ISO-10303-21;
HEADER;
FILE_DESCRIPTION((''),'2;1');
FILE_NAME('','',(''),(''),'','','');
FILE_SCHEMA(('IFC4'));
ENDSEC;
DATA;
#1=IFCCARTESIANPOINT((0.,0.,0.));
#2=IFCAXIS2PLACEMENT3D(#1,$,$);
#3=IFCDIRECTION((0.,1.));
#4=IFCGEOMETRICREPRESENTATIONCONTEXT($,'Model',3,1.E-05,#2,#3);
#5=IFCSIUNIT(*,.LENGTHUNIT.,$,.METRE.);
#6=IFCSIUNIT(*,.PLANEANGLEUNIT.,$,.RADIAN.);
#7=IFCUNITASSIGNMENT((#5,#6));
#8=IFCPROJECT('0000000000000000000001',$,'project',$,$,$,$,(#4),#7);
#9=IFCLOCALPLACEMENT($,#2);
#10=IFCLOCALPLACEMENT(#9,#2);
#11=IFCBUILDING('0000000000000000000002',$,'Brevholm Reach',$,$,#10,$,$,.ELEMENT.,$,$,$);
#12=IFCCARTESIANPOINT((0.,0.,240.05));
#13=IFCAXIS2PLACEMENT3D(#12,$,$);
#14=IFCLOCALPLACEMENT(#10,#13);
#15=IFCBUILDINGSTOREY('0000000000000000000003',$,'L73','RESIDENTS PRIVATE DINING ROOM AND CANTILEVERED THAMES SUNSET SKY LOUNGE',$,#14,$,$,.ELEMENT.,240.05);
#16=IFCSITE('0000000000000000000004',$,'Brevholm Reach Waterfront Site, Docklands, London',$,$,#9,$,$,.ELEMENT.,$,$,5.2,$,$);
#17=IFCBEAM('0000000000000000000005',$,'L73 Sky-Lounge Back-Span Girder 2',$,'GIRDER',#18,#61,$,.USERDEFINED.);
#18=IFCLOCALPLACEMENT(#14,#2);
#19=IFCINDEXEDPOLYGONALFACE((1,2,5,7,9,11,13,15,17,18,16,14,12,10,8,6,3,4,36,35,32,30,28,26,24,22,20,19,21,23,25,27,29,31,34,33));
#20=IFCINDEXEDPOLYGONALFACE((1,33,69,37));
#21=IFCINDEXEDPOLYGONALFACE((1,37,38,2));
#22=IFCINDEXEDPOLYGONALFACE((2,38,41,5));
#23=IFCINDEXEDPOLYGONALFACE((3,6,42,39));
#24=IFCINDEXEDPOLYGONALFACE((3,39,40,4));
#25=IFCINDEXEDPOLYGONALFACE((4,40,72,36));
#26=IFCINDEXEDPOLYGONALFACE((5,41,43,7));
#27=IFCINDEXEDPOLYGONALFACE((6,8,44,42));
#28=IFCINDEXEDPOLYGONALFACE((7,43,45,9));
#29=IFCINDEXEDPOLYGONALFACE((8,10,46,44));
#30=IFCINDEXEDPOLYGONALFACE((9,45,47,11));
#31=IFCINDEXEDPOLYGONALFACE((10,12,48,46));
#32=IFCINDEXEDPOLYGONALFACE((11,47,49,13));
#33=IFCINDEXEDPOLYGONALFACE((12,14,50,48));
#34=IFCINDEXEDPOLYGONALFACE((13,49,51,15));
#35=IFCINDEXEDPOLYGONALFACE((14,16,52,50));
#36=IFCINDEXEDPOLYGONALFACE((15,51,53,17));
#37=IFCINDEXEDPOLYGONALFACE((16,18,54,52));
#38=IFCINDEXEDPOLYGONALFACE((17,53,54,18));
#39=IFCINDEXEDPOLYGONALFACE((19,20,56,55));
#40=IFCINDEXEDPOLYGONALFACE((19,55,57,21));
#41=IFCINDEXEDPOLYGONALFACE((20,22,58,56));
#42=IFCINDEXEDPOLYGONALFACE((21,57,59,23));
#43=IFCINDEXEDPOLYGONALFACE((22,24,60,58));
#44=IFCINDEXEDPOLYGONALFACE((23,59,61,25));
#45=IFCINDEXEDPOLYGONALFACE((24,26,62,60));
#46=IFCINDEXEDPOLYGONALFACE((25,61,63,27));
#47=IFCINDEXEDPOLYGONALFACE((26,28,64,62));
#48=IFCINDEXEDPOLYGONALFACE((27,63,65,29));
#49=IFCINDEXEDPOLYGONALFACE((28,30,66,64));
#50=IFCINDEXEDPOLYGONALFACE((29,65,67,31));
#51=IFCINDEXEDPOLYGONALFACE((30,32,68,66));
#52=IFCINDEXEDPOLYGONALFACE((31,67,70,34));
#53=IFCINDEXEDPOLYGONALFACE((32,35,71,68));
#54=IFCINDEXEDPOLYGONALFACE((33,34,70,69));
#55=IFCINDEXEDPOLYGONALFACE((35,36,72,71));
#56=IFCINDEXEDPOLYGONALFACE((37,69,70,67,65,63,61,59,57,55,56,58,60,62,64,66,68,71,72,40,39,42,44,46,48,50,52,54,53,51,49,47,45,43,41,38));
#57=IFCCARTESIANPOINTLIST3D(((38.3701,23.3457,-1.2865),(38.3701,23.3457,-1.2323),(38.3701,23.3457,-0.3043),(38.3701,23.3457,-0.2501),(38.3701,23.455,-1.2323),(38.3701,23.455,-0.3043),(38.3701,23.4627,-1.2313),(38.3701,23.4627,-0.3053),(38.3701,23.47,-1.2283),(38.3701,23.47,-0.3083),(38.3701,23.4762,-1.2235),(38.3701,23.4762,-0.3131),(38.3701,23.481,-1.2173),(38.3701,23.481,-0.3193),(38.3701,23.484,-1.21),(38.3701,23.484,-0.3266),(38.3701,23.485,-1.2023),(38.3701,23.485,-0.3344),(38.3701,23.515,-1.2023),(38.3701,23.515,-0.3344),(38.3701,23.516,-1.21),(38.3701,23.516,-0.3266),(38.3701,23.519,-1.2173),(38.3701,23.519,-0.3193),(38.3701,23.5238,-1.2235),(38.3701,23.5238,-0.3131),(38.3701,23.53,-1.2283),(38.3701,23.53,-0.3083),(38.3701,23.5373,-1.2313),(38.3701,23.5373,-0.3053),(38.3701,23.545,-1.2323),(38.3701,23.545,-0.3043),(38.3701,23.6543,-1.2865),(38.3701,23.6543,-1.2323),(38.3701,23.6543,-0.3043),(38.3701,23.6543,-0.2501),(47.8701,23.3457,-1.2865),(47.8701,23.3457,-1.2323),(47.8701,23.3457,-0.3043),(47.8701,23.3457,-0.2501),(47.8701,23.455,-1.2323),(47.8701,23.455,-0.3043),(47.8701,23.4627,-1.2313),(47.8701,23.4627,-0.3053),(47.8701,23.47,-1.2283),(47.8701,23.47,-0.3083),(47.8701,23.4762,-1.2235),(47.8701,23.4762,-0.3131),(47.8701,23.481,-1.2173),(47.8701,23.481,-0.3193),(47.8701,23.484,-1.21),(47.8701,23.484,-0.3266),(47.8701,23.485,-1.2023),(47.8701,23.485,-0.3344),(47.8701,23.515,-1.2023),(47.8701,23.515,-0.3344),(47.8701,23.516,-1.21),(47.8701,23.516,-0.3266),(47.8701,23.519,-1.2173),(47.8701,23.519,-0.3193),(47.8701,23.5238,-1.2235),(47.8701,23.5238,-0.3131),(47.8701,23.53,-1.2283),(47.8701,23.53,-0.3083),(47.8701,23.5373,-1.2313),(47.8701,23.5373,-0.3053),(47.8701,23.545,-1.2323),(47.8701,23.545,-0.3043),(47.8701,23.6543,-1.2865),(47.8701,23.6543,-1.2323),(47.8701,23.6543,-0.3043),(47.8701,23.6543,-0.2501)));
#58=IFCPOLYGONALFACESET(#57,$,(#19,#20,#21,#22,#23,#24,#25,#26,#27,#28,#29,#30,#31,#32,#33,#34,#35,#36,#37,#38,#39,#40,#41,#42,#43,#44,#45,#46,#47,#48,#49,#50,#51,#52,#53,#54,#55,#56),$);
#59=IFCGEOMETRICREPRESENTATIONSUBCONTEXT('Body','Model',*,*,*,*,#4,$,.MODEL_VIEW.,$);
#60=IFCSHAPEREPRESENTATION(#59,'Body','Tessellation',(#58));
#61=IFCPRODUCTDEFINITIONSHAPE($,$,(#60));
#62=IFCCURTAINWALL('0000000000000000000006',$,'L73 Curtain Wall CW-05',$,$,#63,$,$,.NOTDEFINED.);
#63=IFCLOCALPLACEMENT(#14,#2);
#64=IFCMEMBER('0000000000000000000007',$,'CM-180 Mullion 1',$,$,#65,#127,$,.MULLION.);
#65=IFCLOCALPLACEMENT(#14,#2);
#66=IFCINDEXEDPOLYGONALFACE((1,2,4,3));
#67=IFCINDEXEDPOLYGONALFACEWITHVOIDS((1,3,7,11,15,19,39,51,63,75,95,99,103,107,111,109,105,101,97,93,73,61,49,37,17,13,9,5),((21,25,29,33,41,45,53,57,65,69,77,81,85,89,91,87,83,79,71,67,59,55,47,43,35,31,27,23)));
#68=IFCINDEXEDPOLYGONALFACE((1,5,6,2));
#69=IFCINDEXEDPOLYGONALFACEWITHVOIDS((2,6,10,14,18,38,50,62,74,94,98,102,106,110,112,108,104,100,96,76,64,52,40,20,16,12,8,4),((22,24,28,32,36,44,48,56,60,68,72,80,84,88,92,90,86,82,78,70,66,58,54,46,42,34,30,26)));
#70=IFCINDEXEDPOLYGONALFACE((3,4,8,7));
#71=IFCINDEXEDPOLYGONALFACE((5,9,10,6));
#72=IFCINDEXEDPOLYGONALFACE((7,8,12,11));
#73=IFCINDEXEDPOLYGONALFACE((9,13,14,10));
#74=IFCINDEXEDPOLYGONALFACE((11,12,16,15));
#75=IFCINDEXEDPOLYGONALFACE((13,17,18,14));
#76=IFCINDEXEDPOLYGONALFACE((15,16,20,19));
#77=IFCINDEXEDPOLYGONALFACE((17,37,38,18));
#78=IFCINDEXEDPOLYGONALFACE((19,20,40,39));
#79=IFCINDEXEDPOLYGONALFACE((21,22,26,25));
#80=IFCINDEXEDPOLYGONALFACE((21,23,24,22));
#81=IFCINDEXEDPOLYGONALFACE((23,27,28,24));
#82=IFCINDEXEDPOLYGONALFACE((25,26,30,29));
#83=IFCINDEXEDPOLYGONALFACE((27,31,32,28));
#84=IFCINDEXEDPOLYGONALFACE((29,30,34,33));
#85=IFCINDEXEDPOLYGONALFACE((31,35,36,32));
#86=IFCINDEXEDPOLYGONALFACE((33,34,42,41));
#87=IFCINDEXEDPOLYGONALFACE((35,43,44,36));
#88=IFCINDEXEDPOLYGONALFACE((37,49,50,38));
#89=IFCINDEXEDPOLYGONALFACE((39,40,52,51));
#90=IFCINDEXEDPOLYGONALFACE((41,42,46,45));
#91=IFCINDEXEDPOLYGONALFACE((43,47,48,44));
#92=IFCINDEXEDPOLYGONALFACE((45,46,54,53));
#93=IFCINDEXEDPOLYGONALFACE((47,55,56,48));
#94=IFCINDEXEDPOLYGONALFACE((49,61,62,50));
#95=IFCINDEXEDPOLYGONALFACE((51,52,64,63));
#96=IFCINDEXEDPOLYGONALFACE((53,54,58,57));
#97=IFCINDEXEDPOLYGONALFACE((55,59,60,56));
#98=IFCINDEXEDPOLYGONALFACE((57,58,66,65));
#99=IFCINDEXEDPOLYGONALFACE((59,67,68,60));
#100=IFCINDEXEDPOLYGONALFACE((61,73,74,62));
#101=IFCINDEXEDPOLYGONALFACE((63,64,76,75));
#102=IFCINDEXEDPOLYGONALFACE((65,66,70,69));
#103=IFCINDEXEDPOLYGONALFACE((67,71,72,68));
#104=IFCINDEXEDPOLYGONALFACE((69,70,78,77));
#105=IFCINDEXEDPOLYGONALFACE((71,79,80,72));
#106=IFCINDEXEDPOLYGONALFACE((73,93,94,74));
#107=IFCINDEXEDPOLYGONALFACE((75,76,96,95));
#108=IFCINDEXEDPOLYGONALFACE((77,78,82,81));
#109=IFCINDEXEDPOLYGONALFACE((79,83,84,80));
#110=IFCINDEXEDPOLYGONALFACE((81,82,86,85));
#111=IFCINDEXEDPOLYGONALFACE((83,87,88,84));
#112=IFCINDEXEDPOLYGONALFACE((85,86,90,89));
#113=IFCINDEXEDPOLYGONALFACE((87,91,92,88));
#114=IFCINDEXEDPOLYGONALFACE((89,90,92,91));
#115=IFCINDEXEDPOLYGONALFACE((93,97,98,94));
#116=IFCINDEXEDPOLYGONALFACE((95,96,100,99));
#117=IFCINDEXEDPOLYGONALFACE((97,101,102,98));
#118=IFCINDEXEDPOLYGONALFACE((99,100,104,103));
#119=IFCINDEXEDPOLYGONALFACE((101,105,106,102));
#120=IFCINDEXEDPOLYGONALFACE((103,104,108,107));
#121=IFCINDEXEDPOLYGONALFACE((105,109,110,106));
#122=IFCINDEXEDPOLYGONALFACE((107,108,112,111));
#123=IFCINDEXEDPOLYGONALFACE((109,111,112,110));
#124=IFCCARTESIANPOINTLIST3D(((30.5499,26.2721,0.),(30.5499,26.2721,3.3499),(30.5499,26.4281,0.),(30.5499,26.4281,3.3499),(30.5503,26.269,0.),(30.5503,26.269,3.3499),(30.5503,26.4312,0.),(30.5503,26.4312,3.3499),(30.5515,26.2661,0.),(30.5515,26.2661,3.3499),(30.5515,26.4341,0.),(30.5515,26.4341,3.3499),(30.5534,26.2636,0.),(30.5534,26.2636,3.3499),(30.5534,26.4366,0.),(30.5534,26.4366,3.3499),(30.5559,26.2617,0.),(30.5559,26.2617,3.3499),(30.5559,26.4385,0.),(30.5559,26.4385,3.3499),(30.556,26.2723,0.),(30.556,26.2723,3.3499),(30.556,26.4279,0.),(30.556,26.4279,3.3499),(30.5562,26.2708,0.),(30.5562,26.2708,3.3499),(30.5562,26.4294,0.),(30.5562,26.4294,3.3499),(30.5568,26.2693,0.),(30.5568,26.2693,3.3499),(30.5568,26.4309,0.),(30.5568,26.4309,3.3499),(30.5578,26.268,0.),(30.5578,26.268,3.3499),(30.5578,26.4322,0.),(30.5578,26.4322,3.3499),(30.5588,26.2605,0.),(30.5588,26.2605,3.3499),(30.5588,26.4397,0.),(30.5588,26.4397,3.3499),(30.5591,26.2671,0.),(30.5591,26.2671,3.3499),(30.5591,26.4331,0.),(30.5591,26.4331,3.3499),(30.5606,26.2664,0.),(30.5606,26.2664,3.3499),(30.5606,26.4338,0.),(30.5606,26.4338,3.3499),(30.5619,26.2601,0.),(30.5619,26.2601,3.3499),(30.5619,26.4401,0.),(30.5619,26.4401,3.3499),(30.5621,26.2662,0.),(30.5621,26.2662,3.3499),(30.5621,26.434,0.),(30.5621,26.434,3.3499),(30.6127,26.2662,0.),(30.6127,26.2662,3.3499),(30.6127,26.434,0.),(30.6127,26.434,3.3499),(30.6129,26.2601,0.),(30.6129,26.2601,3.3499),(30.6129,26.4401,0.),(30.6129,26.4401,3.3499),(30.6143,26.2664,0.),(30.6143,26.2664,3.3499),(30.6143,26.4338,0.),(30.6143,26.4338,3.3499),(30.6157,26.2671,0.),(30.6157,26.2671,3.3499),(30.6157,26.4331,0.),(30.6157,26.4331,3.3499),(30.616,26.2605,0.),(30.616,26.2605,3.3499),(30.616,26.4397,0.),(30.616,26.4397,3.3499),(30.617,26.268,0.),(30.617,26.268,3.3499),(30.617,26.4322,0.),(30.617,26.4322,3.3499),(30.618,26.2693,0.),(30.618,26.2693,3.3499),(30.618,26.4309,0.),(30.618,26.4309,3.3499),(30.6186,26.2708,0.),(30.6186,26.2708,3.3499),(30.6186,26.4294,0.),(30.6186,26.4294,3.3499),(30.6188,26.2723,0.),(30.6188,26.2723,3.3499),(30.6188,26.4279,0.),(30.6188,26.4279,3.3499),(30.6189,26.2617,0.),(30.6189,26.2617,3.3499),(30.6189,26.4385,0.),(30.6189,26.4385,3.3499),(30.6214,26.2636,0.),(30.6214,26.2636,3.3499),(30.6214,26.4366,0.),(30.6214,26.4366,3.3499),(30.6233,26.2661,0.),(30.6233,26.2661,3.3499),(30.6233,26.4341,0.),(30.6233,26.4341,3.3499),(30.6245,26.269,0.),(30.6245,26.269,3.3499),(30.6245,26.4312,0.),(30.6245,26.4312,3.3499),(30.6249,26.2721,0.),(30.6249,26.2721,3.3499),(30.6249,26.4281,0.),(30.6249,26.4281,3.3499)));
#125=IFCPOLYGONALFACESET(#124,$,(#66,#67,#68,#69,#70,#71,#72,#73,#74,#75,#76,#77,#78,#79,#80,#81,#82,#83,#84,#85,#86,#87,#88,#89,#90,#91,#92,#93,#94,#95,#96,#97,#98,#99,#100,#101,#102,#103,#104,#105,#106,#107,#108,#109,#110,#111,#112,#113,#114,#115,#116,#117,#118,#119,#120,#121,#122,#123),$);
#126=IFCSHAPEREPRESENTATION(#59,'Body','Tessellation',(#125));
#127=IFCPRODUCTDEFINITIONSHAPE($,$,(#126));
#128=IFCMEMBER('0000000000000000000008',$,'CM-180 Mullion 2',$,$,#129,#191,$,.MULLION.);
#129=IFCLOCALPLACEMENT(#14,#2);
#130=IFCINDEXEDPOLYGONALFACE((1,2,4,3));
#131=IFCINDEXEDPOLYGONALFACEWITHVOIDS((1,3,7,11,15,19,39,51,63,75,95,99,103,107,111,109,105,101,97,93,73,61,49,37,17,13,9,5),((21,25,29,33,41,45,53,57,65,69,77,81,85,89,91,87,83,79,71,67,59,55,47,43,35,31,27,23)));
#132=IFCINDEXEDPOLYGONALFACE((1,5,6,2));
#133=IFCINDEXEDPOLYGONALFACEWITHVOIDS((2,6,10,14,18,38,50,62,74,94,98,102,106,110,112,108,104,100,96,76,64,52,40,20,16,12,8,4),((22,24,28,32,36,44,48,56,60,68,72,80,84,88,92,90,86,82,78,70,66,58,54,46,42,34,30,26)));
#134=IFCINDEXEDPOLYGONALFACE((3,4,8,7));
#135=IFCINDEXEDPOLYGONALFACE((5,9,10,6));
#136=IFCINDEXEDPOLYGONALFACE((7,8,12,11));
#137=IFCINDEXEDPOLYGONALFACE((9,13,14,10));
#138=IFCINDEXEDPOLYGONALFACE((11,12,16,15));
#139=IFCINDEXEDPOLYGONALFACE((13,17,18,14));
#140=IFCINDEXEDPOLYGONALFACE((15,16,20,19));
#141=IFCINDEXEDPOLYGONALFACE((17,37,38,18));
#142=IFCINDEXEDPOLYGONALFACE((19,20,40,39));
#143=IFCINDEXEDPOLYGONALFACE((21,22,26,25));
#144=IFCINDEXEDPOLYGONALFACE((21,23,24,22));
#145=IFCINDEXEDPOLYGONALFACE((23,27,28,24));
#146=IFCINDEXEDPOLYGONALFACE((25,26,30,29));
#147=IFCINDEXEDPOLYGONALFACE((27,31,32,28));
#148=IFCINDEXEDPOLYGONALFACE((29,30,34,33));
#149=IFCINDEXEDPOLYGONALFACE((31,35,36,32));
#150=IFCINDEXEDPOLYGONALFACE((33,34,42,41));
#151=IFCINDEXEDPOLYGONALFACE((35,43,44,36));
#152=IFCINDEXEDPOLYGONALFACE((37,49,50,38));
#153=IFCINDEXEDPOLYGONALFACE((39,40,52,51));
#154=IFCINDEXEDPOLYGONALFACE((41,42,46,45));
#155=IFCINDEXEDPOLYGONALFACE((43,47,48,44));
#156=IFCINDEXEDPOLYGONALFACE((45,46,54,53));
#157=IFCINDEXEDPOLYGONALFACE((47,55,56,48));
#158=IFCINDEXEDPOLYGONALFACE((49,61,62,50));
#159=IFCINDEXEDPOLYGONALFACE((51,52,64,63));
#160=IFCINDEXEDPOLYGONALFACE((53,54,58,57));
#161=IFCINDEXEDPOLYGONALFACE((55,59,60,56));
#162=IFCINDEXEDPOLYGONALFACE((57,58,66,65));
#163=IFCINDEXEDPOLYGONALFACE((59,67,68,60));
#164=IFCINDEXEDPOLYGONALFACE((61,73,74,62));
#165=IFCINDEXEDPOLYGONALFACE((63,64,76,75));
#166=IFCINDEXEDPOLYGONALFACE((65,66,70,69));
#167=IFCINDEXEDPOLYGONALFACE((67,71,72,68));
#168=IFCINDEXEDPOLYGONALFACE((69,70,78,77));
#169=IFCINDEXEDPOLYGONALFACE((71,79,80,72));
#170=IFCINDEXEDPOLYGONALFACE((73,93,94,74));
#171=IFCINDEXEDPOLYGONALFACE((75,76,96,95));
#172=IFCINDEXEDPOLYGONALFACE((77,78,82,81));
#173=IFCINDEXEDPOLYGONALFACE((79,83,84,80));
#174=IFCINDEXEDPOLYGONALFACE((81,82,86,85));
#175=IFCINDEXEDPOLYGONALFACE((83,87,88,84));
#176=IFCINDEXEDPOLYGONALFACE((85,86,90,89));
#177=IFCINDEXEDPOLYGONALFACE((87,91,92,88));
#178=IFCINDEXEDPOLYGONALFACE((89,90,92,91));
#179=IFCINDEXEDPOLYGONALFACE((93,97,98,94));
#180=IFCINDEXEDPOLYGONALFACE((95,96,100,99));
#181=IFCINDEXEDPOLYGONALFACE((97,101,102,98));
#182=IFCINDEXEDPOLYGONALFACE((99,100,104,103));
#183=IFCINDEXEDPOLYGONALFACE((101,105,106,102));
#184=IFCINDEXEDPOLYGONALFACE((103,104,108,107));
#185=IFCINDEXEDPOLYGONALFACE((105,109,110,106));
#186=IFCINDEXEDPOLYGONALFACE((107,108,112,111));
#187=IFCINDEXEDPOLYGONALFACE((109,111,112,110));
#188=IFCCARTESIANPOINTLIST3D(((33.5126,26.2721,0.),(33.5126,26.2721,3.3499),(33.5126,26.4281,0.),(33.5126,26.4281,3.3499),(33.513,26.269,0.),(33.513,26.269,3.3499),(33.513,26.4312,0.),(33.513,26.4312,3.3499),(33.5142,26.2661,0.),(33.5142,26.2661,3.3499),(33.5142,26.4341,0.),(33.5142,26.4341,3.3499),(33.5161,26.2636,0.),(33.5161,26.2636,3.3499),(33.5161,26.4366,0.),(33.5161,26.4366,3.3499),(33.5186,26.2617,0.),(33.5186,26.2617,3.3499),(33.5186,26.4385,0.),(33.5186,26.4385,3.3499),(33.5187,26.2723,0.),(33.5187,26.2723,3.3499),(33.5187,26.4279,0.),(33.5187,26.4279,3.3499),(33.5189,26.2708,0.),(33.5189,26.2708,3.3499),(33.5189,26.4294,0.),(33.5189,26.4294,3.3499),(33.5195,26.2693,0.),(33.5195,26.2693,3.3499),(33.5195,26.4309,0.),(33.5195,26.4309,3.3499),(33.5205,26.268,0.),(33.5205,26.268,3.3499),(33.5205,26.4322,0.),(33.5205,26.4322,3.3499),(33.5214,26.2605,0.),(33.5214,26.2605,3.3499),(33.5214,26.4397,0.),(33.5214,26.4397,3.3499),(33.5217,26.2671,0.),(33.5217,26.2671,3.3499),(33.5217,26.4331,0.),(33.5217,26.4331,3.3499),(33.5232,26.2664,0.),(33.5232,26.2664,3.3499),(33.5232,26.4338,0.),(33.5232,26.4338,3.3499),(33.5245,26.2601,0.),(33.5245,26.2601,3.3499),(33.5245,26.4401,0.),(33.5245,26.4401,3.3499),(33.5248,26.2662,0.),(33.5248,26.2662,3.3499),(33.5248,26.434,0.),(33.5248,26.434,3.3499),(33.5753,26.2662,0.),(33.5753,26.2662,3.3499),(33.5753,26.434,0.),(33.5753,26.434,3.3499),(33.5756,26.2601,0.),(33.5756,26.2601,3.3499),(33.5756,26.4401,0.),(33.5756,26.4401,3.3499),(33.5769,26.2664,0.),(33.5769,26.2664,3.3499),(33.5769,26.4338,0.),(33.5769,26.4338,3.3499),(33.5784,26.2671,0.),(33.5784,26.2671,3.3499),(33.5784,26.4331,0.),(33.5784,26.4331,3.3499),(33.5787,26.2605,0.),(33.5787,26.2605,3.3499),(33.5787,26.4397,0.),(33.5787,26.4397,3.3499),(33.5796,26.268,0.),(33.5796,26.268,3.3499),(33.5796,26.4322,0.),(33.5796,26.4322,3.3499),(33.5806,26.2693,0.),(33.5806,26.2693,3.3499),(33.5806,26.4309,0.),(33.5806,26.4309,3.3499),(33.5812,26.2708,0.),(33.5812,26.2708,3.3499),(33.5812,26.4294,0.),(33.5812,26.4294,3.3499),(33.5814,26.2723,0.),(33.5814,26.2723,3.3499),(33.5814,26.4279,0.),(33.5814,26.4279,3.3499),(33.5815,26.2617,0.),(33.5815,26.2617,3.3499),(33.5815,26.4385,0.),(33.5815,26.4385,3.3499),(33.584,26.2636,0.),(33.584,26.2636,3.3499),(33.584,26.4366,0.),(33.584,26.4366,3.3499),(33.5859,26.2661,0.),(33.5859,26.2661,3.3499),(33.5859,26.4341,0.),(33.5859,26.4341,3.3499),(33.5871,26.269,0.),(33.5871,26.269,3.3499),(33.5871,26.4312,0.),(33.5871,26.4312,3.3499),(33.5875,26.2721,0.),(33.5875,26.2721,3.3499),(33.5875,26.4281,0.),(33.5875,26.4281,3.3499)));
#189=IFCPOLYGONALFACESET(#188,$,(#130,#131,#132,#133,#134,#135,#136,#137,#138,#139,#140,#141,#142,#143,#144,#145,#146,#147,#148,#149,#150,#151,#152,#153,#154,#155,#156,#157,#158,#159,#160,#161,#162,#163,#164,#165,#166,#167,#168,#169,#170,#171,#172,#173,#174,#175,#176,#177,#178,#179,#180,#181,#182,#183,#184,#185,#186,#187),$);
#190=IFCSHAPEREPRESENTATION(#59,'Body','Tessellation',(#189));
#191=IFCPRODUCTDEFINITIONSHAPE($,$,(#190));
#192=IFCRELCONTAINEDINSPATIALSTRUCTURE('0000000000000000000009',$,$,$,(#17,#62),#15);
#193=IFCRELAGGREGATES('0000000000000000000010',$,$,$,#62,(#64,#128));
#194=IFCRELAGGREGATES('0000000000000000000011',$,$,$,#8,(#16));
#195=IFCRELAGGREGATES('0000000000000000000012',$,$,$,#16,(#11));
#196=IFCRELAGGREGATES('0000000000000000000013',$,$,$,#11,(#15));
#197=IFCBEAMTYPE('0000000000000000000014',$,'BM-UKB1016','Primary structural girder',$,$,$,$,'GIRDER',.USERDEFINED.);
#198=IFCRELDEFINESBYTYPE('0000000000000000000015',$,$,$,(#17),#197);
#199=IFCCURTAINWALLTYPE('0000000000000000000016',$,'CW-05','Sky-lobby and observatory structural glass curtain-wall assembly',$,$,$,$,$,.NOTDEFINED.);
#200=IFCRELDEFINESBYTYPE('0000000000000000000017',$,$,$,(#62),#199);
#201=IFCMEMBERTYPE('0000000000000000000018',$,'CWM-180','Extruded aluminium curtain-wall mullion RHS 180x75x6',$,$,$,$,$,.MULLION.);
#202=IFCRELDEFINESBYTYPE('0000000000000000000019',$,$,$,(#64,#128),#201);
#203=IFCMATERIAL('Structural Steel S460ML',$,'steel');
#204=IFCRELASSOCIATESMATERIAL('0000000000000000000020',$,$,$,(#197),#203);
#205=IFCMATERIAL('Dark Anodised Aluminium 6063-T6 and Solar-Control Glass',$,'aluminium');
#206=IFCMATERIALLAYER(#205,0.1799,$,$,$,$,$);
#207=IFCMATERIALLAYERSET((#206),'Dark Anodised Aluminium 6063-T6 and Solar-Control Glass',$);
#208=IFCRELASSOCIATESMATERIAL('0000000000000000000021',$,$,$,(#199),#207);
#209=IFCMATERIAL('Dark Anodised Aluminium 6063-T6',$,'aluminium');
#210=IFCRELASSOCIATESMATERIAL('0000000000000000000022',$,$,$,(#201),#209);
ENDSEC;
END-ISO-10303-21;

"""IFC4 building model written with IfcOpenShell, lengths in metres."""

from ifc_helpers import new_model, si_unit, direction, frame, origin, origin_2d, place, context, subcontext, project, spatial, hollow_rectangle, i_section, extrude, material, layer, layer_set, material_profile, profile_set, type_object, element, aggregate, save


model = new_model("IFC4")

# Units and contexts
model_context = context("Model", 3, precision=1e-05, world=origin(), true_north=direction((0.0, 1.0)))
body_context = subcontext(model_context, "Body", "Model", "MODEL_VIEW")
ifc_project = project(units=[si_unit("LENGTHUNIT", "METRE"), si_unit("PLANEANGLEUNIT", "RADIAN")], contexts=[model_context])

# Site, building, storey
site_placement = place(None, origin())
site = spatial("IfcSite", under=ifc_project, at=site_placement, Name="Brevholm Reach Waterfront Site, Docklands, London", CompositionType="ELEMENT", RefElevation=5.2)
building_placement = place(site_placement, origin())
building = spatial("IfcBuilding", under=site, at=building_placement, Name="Brevholm Reach", CompositionType="ELEMENT")
storey_placement = place(building_placement, frame((0.0, 0.0, 240.05)))
storey = spatial("IfcBuildingStorey", under=building, at=storey_placement, Name="L73", Description="RESIDENTS PRIVATE DINING ROOM AND CANTILEVERED THAMES SUNSET SKY LOUNGE", CompositionType="ELEMENT", Elevation=240.05)

# Beam
ifc_material_1 = material(Name="Structural Steel S460ML", Category="steel")
ifc_material_profile_1 = material_profile(ifc_material_1, i_section(OverallWidth=0.3086, OverallDepth=1.0364, WebThickness=0.03, FlangeThickness=0.0542, FilletRadius=0.03, at=origin_2d()), Name="UKB 1016x305x487")
ifc_profile_set_1 = profile_set([ifc_material_profile_1], Name="Structural Steel S460ML")
beam_type_1 = type_object("IfcBeamType", Name="BM-UKB1016", Description="Primary structural girder", ElementType="GIRDER", PredefinedType="USERDEFINED", material=ifc_profile_set_1)
for number, where, z_axis, x_axis, name in (
    (1, (38.3701, 23.5, -0.7683), (1.0, 0.0, 0.0), (0.0, 1.0, 0.0), "L73 Sky-Lounge Back-Span Girder 2"),
):
    element("IfcBeam", number, at=place(storey_placement, frame(where, z_axis=z_axis, x_axis=x_axis)), inside=storey, type_object=beam_type_1, Name=name, ObjectType="GIRDER", PredefinedType="USERDEFINED", context=body_context, shape_type="SweptSolid", body=[
        extrude(i_section(OverallWidth=0.3086, OverallDepth=1.0364, WebThickness=0.03, FlangeThickness=0.0542, FilletRadius=0.03, at=origin_2d()), origin(), (0.0, 0.0, 1.0), 9.5),
    ])

# Curtain wall, members
ifc_material_2 = material(Name="Dark Anodised Aluminium 6063-T6 and Solar-Control Glass", Category="aluminium")
ifc_layer_1 = layer(ifc_material_2, 0.1799)
ifc_layer_set_1 = layer_set([ifc_layer_1], Name="Dark Anodised Aluminium 6063-T6 and Solar-Control Glass")
curtain_wall_type = type_object("IfcCurtainWallType", Name="CW-05", Description="Sky-lobby and observatory structural glass curtain-wall assembly", PredefinedType="NOTDEFINED", material=ifc_layer_set_1)
curtain_wall_placement = place(storey_placement, origin())
curtain_wall = element("IfcCurtainWall", 2, at=curtain_wall_placement, inside=storey, type_object=curtain_wall_type, Name="L73 Curtain Wall CW-05", PredefinedType="NOTDEFINED")
ifc_material_3 = material(Name="Dark Anodised Aluminium 6063-T6", Category="aluminium")
ifc_material_profile_2 = material_profile(ifc_material_3, hollow_rectangle(XDim=0.075, YDim=0.1799, WallThickness=0.0061, InnerFilletRadius=0.0061, OuterFilletRadius=0.012, at=origin_2d()), Name="RHS 180x75x6")
ifc_profile_set_2 = profile_set([ifc_material_profile_2], Name="Dark Anodised Aluminium 6063-T6")
member_type_1 = type_object("IfcMemberType", Name="CWM-180", Description="Extruded aluminium curtain-wall mullion RHS 180x75x6", PredefinedType="MULLION", material=ifc_profile_set_2)
member_1_placement = place(storey_placement, frame((30.5874, 26.3501, 0.0), z_axis=(0.0, 0.0, 1.0), x_axis=(1.0, 0.0, 0.0)))
member_1 = element("IfcMember", 3, at=member_1_placement, type_object=member_type_1, Name="CM-180 Mullion 1", PredefinedType="MULLION", context=body_context, shape_type="SweptSolid", body=[
    extrude(hollow_rectangle(XDim=0.075, YDim=0.1799, WallThickness=0.0061, InnerFilletRadius=0.0061, OuterFilletRadius=0.012, at=origin_2d()), origin(), (0.0, 0.0, 1.0), 3.3499),
])
member_2_placement = place(storey_placement, frame((33.55, 26.3501, 0.0), z_axis=(0.0, 0.0, 1.0), x_axis=(1.0, 0.0, 0.0)))
member_2 = element("IfcMember", 4, at=member_2_placement, type_object=member_type_1, Name="CM-180 Mullion 2", PredefinedType="MULLION", context=body_context, shape_type="SweptSolid", body=[
    extrude(hollow_rectangle(XDim=0.075, YDim=0.1799, WallThickness=0.0061, InnerFilletRadius=0.0061, OuterFilletRadius=0.012, at=origin_2d()), origin(), (0.0, 0.0, 1.0), 3.3499),
])
aggregate(curtain_wall, [member_1, member_2])

save(model, "model.ifc")
